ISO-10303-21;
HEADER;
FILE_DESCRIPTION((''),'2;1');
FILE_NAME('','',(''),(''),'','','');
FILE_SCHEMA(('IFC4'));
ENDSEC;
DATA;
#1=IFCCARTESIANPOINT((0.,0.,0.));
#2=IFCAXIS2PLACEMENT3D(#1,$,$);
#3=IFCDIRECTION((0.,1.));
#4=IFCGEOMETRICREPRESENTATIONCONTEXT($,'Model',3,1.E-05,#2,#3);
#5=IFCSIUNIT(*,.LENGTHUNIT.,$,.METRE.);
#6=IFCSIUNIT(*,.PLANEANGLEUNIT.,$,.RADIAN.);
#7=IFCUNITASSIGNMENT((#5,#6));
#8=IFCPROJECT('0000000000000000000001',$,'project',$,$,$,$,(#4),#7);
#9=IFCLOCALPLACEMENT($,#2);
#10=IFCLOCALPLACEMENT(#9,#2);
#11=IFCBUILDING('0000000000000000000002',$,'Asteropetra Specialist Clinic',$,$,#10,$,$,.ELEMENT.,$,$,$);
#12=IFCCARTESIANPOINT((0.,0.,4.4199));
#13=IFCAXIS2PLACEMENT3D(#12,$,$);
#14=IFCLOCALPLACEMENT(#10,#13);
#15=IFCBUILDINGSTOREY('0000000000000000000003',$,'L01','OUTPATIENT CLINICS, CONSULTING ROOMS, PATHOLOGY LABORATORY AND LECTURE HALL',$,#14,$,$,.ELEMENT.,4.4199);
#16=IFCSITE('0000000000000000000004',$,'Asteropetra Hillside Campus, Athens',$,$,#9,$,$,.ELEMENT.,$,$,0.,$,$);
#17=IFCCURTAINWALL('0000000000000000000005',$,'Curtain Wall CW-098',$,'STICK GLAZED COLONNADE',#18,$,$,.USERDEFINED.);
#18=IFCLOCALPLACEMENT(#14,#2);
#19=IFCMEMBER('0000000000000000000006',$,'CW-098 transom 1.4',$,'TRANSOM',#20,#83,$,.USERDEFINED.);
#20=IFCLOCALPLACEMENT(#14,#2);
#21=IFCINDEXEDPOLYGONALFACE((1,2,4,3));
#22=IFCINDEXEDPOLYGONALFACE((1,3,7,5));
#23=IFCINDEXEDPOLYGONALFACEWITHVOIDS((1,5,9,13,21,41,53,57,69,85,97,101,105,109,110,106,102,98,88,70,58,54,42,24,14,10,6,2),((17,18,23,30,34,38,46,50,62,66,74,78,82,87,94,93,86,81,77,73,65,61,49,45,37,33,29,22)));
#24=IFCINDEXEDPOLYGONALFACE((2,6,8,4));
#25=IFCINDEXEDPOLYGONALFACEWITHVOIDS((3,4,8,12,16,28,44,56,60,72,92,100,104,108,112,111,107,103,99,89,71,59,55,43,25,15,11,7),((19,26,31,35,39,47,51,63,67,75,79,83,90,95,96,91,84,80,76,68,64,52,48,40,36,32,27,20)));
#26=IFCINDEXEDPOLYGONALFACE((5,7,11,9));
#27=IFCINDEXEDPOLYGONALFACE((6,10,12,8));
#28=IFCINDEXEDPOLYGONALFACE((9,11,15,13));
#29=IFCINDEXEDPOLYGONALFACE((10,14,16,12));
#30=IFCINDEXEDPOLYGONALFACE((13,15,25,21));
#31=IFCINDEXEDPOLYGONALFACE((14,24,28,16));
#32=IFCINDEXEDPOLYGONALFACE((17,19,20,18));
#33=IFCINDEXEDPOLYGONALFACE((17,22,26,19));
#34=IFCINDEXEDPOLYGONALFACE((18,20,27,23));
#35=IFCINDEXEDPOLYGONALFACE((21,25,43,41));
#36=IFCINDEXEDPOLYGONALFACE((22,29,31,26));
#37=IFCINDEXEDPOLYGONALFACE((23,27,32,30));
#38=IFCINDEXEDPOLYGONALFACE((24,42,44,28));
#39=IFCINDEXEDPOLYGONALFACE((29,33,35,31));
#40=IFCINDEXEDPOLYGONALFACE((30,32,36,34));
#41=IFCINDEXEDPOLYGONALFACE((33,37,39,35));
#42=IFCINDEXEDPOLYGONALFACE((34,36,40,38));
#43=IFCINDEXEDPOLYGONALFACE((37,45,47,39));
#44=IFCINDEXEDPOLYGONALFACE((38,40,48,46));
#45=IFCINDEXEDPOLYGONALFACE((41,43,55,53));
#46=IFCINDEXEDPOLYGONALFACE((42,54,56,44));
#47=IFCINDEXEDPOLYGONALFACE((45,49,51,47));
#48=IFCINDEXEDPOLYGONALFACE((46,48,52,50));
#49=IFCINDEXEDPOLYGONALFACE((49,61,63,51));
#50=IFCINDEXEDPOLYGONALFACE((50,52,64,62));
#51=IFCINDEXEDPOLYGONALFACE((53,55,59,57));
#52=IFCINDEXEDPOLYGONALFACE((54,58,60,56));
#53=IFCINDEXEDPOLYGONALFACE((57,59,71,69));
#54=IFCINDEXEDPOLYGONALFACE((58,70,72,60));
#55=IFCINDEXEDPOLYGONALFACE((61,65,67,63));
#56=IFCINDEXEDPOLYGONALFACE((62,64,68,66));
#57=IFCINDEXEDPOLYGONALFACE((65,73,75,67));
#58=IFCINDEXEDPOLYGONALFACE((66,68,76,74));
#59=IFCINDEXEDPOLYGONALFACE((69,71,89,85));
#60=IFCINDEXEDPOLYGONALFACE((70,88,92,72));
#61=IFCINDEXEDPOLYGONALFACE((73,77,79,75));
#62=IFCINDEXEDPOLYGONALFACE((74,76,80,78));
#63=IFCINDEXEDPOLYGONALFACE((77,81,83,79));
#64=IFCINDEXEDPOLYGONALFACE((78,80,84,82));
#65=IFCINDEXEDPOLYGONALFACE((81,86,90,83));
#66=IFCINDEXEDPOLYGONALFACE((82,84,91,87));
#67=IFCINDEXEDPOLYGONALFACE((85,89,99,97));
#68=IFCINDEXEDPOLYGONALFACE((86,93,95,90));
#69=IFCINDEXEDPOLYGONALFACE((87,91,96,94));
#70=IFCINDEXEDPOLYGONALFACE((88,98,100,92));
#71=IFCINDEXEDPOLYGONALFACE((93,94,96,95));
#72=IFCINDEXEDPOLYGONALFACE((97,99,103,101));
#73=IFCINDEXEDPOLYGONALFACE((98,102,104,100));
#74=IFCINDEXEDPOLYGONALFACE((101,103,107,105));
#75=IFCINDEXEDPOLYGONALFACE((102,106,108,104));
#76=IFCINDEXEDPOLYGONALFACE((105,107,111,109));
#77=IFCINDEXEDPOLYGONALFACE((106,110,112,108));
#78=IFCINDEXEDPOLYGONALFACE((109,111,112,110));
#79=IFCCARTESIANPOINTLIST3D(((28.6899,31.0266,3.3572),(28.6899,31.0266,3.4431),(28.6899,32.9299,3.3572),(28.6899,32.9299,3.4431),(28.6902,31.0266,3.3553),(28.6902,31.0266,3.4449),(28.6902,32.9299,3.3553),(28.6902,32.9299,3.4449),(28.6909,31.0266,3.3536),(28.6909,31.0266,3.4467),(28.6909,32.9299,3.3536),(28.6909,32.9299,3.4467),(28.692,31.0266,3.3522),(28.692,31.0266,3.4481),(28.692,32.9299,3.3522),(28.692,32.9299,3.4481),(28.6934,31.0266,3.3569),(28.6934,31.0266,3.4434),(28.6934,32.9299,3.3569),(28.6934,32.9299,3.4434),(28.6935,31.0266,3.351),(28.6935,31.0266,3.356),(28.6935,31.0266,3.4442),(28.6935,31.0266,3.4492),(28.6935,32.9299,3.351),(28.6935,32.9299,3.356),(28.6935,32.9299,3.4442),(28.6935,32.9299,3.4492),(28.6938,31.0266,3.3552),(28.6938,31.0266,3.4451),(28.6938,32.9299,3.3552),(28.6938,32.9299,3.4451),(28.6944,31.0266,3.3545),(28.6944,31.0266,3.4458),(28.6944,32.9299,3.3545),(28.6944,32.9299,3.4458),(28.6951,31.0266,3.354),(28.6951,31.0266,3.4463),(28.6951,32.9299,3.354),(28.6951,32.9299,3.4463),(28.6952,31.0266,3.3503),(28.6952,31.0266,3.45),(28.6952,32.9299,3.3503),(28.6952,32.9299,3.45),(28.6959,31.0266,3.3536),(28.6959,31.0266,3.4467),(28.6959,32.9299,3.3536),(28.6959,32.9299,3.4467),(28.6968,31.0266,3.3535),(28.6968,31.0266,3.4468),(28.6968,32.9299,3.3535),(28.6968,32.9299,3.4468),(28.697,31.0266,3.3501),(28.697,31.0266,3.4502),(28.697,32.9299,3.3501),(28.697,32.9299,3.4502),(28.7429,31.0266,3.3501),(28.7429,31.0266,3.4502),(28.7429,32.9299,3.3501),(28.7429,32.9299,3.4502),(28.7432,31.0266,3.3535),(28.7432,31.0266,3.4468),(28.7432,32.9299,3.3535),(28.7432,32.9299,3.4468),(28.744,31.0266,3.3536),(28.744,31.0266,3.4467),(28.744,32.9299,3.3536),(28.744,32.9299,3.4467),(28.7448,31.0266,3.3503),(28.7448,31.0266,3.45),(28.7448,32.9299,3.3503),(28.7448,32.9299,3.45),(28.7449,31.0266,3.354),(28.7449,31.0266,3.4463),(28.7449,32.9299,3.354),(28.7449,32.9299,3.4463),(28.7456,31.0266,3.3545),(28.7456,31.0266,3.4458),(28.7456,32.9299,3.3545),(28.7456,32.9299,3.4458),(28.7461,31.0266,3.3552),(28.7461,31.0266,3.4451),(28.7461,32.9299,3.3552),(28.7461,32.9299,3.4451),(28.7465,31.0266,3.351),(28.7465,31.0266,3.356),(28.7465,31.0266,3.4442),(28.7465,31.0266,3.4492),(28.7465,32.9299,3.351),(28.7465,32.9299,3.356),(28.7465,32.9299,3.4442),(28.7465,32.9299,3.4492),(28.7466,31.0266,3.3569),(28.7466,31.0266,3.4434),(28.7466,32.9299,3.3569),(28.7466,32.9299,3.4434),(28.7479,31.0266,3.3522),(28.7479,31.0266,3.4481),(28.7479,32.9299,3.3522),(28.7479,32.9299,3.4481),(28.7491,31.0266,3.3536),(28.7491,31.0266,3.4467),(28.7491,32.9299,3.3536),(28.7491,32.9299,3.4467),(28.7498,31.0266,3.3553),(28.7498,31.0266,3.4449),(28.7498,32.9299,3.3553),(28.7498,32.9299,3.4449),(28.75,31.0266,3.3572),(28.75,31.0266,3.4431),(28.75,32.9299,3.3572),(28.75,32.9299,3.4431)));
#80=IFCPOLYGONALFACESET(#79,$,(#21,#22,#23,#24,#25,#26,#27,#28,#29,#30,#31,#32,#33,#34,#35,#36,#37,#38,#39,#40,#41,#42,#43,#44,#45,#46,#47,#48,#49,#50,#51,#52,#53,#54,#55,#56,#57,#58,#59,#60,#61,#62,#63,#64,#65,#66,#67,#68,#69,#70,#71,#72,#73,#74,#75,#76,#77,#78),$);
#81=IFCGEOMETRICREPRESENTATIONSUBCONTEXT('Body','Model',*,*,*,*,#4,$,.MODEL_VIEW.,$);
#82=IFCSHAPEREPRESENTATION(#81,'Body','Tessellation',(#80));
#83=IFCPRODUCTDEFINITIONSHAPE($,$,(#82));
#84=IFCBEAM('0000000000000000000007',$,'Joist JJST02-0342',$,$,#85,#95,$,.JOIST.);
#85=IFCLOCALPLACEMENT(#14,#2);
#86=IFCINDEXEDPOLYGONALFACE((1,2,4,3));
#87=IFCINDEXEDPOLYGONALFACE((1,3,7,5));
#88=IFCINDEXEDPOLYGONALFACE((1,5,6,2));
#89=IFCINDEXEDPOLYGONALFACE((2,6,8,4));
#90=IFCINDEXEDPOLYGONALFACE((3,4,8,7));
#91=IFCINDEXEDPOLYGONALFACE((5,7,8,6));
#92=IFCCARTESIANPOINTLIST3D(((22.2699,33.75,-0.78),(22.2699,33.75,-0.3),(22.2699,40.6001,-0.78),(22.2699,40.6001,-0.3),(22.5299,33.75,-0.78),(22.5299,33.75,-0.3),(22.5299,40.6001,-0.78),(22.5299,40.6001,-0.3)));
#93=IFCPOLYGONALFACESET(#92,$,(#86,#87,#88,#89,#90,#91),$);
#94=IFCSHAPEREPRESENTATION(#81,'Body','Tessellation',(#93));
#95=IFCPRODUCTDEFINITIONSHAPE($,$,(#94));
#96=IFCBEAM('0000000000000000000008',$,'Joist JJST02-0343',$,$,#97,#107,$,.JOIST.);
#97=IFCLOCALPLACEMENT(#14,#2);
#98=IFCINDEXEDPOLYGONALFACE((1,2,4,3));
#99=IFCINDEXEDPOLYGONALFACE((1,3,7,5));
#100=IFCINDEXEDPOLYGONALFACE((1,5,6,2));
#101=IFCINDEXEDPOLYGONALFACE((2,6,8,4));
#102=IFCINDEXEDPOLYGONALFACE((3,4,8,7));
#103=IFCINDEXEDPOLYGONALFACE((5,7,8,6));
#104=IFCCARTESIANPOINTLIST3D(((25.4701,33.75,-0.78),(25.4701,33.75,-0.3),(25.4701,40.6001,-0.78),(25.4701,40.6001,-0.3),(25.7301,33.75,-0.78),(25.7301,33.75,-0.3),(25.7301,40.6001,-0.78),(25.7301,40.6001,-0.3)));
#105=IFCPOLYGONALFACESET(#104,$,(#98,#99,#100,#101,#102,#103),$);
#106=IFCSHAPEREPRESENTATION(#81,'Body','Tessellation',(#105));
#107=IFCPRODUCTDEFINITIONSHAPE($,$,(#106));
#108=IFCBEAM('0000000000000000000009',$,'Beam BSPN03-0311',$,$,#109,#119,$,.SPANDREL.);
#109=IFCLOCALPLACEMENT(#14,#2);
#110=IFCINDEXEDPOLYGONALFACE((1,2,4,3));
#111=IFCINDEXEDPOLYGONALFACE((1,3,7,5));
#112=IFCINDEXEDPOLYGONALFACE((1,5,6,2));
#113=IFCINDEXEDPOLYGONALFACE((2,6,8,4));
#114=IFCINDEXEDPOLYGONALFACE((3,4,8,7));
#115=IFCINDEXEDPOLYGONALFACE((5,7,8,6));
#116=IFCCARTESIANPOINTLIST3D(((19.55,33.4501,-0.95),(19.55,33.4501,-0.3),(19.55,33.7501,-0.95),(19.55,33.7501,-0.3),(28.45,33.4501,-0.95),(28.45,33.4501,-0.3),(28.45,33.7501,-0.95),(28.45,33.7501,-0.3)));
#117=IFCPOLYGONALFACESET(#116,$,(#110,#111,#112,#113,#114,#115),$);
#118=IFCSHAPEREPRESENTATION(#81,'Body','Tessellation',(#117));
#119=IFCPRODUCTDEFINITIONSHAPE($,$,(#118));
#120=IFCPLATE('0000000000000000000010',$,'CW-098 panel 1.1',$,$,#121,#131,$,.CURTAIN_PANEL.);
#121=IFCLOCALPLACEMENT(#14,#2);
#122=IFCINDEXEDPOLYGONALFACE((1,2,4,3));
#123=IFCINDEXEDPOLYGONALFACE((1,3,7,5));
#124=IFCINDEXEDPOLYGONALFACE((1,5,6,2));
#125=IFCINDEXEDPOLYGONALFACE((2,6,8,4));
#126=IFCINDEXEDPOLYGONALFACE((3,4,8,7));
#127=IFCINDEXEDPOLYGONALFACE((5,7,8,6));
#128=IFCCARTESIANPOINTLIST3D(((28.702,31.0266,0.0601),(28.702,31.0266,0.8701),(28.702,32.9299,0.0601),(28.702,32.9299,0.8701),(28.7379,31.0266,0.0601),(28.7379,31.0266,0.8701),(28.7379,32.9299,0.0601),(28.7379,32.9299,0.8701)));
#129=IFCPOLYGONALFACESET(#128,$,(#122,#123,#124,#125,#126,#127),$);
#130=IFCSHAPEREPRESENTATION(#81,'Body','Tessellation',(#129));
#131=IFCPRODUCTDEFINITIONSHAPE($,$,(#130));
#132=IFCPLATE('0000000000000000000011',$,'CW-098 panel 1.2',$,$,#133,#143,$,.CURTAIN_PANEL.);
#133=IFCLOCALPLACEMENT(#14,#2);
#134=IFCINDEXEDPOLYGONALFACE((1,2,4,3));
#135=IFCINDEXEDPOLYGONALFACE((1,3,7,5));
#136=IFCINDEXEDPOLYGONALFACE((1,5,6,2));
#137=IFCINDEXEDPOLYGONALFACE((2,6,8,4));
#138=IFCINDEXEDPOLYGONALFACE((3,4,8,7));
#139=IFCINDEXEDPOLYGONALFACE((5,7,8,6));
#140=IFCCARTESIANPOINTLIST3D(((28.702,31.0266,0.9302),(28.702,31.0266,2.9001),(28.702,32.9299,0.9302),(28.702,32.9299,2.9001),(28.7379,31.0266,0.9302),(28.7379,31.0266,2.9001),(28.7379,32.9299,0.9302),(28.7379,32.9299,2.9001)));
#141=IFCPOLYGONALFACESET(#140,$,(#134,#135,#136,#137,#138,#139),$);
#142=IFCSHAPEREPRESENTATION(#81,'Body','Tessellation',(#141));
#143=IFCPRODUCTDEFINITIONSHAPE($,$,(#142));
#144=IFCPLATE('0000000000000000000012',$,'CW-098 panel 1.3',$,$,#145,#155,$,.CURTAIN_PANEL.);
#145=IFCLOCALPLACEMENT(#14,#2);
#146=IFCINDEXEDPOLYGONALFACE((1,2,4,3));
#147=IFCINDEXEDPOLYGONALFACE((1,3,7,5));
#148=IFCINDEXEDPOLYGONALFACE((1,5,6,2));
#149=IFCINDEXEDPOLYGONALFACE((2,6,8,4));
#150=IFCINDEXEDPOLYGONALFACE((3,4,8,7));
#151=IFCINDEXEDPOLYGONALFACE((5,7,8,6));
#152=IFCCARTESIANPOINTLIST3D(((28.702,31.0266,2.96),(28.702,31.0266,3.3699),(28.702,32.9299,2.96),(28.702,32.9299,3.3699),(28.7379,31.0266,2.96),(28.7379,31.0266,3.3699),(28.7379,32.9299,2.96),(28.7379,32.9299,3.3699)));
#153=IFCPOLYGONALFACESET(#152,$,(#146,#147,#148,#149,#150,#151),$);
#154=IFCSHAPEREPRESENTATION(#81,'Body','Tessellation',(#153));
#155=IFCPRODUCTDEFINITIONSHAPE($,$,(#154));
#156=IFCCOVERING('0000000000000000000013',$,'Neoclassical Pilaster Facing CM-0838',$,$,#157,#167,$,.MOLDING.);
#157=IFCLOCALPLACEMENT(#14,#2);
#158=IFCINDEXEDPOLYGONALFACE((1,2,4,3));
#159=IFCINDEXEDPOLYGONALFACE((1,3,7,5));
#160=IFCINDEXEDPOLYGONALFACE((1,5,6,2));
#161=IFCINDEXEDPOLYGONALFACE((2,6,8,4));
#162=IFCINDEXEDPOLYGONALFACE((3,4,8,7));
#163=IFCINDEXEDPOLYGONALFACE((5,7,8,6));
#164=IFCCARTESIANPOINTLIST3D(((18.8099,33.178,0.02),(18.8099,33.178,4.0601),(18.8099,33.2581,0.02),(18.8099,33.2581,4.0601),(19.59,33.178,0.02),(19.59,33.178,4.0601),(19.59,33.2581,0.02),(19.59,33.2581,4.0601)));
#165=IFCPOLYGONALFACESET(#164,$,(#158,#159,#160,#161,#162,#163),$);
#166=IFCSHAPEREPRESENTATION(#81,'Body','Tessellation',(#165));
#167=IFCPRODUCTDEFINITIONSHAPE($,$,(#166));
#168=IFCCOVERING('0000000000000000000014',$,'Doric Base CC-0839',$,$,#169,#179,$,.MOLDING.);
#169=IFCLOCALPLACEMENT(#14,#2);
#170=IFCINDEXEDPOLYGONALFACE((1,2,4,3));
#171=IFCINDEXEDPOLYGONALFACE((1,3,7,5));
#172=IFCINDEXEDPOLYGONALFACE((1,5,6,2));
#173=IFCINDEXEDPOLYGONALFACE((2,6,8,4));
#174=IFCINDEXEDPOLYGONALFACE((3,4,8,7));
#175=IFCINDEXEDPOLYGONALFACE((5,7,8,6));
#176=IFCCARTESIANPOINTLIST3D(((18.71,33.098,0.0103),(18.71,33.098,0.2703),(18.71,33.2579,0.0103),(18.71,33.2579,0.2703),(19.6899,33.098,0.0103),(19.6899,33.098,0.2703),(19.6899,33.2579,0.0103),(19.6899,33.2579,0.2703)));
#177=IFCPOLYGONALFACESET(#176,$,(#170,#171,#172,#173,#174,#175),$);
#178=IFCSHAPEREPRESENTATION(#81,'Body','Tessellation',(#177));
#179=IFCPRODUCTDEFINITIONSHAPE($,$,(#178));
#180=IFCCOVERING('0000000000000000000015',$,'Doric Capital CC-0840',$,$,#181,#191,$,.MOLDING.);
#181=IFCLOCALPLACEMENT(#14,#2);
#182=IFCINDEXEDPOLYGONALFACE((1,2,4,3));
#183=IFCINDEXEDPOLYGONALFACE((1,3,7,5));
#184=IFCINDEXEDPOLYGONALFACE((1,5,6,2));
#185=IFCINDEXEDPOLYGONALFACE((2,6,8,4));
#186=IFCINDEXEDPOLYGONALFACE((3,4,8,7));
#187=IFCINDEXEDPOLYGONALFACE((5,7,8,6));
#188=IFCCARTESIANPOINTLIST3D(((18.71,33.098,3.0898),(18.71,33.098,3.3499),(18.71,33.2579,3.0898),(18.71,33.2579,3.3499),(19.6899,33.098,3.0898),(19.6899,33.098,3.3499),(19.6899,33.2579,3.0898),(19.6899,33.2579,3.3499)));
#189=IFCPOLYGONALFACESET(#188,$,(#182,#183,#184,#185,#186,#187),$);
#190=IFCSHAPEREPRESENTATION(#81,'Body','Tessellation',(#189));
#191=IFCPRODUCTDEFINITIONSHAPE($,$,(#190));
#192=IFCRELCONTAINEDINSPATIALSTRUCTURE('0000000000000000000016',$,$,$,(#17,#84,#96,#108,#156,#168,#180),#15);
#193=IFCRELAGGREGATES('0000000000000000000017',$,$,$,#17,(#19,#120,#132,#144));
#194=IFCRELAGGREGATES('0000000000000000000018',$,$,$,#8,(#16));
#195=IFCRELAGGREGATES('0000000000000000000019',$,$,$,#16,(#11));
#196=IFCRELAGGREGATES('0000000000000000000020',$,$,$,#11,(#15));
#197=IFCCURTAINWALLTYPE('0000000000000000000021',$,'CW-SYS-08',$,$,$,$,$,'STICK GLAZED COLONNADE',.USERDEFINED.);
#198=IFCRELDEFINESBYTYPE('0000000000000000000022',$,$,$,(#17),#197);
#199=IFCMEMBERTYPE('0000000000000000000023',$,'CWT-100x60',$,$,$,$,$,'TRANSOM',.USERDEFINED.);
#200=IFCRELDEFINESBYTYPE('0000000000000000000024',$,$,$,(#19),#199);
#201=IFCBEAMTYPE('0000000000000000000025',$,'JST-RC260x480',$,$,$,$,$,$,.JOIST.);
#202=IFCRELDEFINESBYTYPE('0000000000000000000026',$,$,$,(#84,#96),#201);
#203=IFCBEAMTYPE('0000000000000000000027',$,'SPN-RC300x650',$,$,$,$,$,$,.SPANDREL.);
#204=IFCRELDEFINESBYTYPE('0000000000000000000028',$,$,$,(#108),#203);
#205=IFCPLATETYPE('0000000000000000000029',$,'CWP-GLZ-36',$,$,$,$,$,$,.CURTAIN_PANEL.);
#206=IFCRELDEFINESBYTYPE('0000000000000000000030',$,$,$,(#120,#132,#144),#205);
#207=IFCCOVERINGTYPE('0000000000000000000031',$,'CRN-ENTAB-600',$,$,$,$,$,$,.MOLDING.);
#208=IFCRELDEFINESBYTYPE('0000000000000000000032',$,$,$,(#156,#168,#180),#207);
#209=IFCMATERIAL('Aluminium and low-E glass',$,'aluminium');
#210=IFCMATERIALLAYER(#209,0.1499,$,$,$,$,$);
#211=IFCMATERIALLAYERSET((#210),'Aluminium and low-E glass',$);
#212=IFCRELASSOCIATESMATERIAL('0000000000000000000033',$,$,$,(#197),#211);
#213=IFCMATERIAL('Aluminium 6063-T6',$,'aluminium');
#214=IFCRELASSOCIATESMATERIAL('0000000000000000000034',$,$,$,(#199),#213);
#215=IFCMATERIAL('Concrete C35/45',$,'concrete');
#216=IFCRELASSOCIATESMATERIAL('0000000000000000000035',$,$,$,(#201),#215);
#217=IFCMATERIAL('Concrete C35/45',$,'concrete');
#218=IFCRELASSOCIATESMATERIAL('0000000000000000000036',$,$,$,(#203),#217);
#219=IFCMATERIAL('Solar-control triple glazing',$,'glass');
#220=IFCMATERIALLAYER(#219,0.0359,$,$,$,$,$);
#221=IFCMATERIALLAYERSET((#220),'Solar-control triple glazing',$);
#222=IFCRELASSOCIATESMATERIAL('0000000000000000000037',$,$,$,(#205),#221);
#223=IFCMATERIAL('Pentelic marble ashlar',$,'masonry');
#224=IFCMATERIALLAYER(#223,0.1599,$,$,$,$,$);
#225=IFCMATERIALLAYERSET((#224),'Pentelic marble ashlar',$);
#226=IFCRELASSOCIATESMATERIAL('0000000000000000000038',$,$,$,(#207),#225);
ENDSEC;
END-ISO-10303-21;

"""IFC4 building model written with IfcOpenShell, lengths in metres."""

from ifc_helpers import new_model, si_unit, direction, frame, origin, origin_2d, place, context, subcontext, project, spatial, rectangle, hollow_rectangle, extrude, material, layer, layer_set, material_profile, profile_set, type_object, element, aggregate, save


model = new_model("IFC4")

# Units and contexts
model_context = context("Model", 3, precision=1e-05, world=origin(), true_north=direction((0.0, 1.0)))
body_context = subcontext(model_context, "Body", "Model", "MODEL_VIEW")
ifc_project = project(units=[si_unit("LENGTHUNIT", "METRE"), si_unit("PLANEANGLEUNIT", "RADIAN")], contexts=[model_context])

# Site, building, storey
site_placement = place(None, origin())
site = spatial("IfcSite", under=ifc_project, at=site_placement, Name="Asteropetra Hillside Campus, Athens", CompositionType="ELEMENT", RefElevation=0.0)
building_placement = place(site_placement, origin())
building = spatial("IfcBuilding", under=site, at=building_placement, Name="Asteropetra Specialist Clinic", CompositionType="ELEMENT")
storey_placement = place(building_placement, frame((0.0, 0.0, 4.4199)))
storey = spatial("IfcBuildingStorey", under=building, at=storey_placement, Name="L01", Description="OUTPATIENT CLINICS, CONSULTING ROOMS, PATHOLOGY LABORATORY AND LECTURE HALL", CompositionType="ELEMENT", Elevation=4.4199)

# Curtain wall, member
ifc_material_1 = material(Name="Aluminium and low-E glass", Category="aluminium")
ifc_layer_1 = layer(ifc_material_1, 0.1499)
ifc_layer_set_1 = layer_set([ifc_layer_1], Name="Aluminium and low-E glass")
curtain_wall_type = type_object("IfcCurtainWallType", Name="CW-SYS-08", ElementType="STICK GLAZED COLONNADE", PredefinedType="USERDEFINED", material=ifc_layer_set_1)
curtain_wall_placement = place(storey_placement, origin())
curtain_wall = element("IfcCurtainWall", 1, at=curtain_wall_placement, inside=storey, type_object=curtain_wall_type, Name="Curtain Wall CW-098", ObjectType="STICK GLAZED COLONNADE", PredefinedType="USERDEFINED")
ifc_material_2 = material(Name="Aluminium 6063-T6", Category="aluminium")
ifc_material_profile_1 = material_profile(ifc_material_2, hollow_rectangle(XDim=0.0601, YDim=0.1001, WallThickness=0.0034, InnerFilletRadius=0.0034, OuterFilletRadius=0.0071, at=origin_2d()), Name="TRN 100x60x3.5")
ifc_profile_set_1 = profile_set([ifc_material_profile_1], Name="Aluminium 6063-T6")
member_type_1 = type_object("IfcMemberType", Name="CWT-100x60", ElementType="TRANSOM", PredefinedType="USERDEFINED", material=ifc_profile_set_1)
member_1_placement = place(storey_placement, frame((28.72, 32.9299, 3.4001), z_axis=(0.0, -1.0, 0.0), x_axis=(1.0, 0.0, 0.0)))
member_1 = element("IfcMember", 2, at=member_1_placement, type_object=member_type_1, Name="CW-098 transom 1.4", ObjectType="TRANSOM", PredefinedType="USERDEFINED", context=body_context, shape_type="SweptSolid", body=[
    extrude(hollow_rectangle(XDim=0.0601, YDim=0.1001, WallThickness=0.0034, InnerFilletRadius=0.0034, OuterFilletRadius=0.0071, at=origin_2d()), origin(), (0.0, 0.0, 1.0), 1.9033),
])

# Beams
ifc_material_3 = material(Name="Concrete C35/45", Category="concrete")
ifc_material_profile_2 = material_profile(ifc_material_3, rectangle(XDim=0.26, YDim=0.48, at=origin_2d()), Name="RCJ 260x480")
ifc_profile_set_2 = profile_set([ifc_material_profile_2], Name="Concrete C35/45")
beam_type_1 = type_object("IfcBeamType", Name="JST-RC260x480", PredefinedType="JOIST", material=ifc_profile_set_2)
for number, where, z_axis, x_axis, name in (
    (3, (22.3999, 33.75, -0.54), (0.0, 1.0, 0.0), (-1.0, 0.0, 0.0), "Joist JJST02-0342"),
    (4, (25.6001, 33.75, -0.54), (0.0, 1.0, 0.0), (-1.0, 0.0, 0.0), "Joist JJST02-0343"),
):
    element("IfcBeam", number, at=place(storey_placement, frame(where, z_axis=z_axis, x_axis=x_axis)), inside=storey, type_object=beam_type_1, Name=name, PredefinedType="JOIST", context=body_context, shape_type="SweptSolid", body=[
        extrude(rectangle(XDim=0.26, YDim=0.48, at=origin_2d()), origin(), (0.0, 0.0, 1.0), 6.8501),
    ])
ifc_material_4 = material(Name="Concrete C35/45", Category="concrete")
ifc_material_profile_3 = material_profile(ifc_material_4, rectangle(XDim=0.3, YDim=0.6499, at=origin_2d()), Name="RCS 300x650")
ifc_profile_set_3 = profile_set([ifc_material_profile_3], Name="Concrete C35/45")
beam_type_2 = type_object("IfcBeamType", Name="SPN-RC300x650", PredefinedType="SPANDREL", material=ifc_profile_set_3)
beam_placement = place(storey_placement, frame((19.55, 33.6001, -0.625), z_axis=(1.0, 0.0, 0.0), x_axis=(0.0, 1.0, 0.0)))
element("IfcBeam", 5, at=beam_placement, inside=storey, type_object=beam_type_2, Name="Beam BSPN03-0311", PredefinedType="SPANDREL", context=body_context, shape_type="SweptSolid", body=[
    extrude(rectangle(XDim=0.3, YDim=0.6499, at=origin_2d()), origin(), (0.0, 0.0, 1.0), 8.8999),
])

# Plates
ifc_material_5 = material(Name="Solar-control triple glazing", Category="glass")
ifc_layer_2 = layer(ifc_material_5, 0.0359)
ifc_layer_set_2 = layer_set([ifc_layer_2], Name="Solar-control triple glazing")
plate_type = type_object("IfcPlateType", Name="CWP-GLZ-36", PredefinedType="CURTAIN_PANEL", material=ifc_layer_set_2)
plate_1_placement = place(storey_placement, frame((28.72, 31.9783, 0.0601), z_axis=(0.0, 0.0, 1.0), x_axis=(0.0, -1.0, 0.0)))
plate_1 = element("IfcPlate", 6, at=plate_1_placement, type_object=plate_type, Name="CW-098 panel 1.1", PredefinedType="CURTAIN_PANEL", context=body_context, shape_type="SweptSolid", body=[
    extrude(rectangle(XDim=1.9033, YDim=0.0359, at=origin_2d()), origin(), (0.0, 0.0, 1.0), 0.8101),
])
plate_2_placement = place(storey_placement, frame((28.72, 31.9783, 0.9302), z_axis=(0.0, 0.0, 1.0), x_axis=(0.0, -1.0, 0.0)))
plate_2 = element("IfcPlate", 7, at=plate_2_placement, type_object=plate_type, Name="CW-098 panel 1.2", PredefinedType="CURTAIN_PANEL", context=body_context, shape_type="SweptSolid", body=[
    extrude(rectangle(XDim=1.9033, YDim=0.0359, at=origin_2d()), origin(), (0.0, 0.0, 1.0), 1.97),
])
plate_3_placement = place(storey_placement, frame((28.72, 31.9783, 2.96), z_axis=(0.0, 0.0, 1.0), x_axis=(0.0, -1.0, 0.0)))
plate_3 = element("IfcPlate", 8, at=plate_3_placement, type_object=plate_type, Name="CW-098 panel 1.3", PredefinedType="CURTAIN_PANEL", context=body_context, shape_type="SweptSolid", body=[
    extrude(rectangle(XDim=1.9033, YDim=0.0359, at=origin_2d()), origin(), (0.0, 0.0, 1.0), 0.4099),
])
aggregate(curtain_wall, [member_1, plate_1, plate_2, plate_3])

# Coverings
ifc_material_6 = material(Name="Pentelic marble ashlar", Category="masonry")
ifc_layer_3 = layer(ifc_material_6, 0.1599)
ifc_layer_set_3 = layer_set([ifc_layer_3], Name="Pentelic marble ashlar")
covering_type = type_object("IfcCoveringType", Name="CRN-ENTAB-600", PredefinedType="MOLDING", material=ifc_layer_set_3)
covering_1_placement = place(storey_placement, frame((19.2, 33.218, 0.02), z_axis=(0.0, 0.0, 1.0), x_axis=(1.0, 0.0, 0.0)))
element("IfcCovering", 9, at=covering_1_placement, inside=storey, type_object=covering_type, Name="Neoclassical Pilaster Facing CM-0838", PredefinedType="MOLDING", context=body_context, shape_type="SweptSolid", body=[
    extrude(rectangle(XDim=0.78, YDim=0.0801, at=origin_2d()), origin(), (0.0, 0.0, 1.0), 4.04),
])
for number, where, z_axis, x_axis, name in (
    (10, (19.2, 33.178, 0.0103), (0.0, 0.0, 1.0), (1.0, 0.0, 0.0), "Doric Base CC-0839"),
    (11, (19.2, 33.178, 3.0898), (0.0, 0.0, 1.0), (1.0, 0.0, 0.0), "Doric Capital CC-0840"),
):
    element("IfcCovering", number, at=place(storey_placement, frame(where, z_axis=z_axis, x_axis=x_axis)), inside=storey, type_object=covering_type, Name=name, PredefinedType="MOLDING", context=body_context, shape_type="SweptSolid", body=[
        extrude(rectangle(XDim=0.98, YDim=0.1599, at=origin_2d()), origin(), (0.0, 0.0, 1.0), 0.26),
    ])

save(model, "model.ifc")
